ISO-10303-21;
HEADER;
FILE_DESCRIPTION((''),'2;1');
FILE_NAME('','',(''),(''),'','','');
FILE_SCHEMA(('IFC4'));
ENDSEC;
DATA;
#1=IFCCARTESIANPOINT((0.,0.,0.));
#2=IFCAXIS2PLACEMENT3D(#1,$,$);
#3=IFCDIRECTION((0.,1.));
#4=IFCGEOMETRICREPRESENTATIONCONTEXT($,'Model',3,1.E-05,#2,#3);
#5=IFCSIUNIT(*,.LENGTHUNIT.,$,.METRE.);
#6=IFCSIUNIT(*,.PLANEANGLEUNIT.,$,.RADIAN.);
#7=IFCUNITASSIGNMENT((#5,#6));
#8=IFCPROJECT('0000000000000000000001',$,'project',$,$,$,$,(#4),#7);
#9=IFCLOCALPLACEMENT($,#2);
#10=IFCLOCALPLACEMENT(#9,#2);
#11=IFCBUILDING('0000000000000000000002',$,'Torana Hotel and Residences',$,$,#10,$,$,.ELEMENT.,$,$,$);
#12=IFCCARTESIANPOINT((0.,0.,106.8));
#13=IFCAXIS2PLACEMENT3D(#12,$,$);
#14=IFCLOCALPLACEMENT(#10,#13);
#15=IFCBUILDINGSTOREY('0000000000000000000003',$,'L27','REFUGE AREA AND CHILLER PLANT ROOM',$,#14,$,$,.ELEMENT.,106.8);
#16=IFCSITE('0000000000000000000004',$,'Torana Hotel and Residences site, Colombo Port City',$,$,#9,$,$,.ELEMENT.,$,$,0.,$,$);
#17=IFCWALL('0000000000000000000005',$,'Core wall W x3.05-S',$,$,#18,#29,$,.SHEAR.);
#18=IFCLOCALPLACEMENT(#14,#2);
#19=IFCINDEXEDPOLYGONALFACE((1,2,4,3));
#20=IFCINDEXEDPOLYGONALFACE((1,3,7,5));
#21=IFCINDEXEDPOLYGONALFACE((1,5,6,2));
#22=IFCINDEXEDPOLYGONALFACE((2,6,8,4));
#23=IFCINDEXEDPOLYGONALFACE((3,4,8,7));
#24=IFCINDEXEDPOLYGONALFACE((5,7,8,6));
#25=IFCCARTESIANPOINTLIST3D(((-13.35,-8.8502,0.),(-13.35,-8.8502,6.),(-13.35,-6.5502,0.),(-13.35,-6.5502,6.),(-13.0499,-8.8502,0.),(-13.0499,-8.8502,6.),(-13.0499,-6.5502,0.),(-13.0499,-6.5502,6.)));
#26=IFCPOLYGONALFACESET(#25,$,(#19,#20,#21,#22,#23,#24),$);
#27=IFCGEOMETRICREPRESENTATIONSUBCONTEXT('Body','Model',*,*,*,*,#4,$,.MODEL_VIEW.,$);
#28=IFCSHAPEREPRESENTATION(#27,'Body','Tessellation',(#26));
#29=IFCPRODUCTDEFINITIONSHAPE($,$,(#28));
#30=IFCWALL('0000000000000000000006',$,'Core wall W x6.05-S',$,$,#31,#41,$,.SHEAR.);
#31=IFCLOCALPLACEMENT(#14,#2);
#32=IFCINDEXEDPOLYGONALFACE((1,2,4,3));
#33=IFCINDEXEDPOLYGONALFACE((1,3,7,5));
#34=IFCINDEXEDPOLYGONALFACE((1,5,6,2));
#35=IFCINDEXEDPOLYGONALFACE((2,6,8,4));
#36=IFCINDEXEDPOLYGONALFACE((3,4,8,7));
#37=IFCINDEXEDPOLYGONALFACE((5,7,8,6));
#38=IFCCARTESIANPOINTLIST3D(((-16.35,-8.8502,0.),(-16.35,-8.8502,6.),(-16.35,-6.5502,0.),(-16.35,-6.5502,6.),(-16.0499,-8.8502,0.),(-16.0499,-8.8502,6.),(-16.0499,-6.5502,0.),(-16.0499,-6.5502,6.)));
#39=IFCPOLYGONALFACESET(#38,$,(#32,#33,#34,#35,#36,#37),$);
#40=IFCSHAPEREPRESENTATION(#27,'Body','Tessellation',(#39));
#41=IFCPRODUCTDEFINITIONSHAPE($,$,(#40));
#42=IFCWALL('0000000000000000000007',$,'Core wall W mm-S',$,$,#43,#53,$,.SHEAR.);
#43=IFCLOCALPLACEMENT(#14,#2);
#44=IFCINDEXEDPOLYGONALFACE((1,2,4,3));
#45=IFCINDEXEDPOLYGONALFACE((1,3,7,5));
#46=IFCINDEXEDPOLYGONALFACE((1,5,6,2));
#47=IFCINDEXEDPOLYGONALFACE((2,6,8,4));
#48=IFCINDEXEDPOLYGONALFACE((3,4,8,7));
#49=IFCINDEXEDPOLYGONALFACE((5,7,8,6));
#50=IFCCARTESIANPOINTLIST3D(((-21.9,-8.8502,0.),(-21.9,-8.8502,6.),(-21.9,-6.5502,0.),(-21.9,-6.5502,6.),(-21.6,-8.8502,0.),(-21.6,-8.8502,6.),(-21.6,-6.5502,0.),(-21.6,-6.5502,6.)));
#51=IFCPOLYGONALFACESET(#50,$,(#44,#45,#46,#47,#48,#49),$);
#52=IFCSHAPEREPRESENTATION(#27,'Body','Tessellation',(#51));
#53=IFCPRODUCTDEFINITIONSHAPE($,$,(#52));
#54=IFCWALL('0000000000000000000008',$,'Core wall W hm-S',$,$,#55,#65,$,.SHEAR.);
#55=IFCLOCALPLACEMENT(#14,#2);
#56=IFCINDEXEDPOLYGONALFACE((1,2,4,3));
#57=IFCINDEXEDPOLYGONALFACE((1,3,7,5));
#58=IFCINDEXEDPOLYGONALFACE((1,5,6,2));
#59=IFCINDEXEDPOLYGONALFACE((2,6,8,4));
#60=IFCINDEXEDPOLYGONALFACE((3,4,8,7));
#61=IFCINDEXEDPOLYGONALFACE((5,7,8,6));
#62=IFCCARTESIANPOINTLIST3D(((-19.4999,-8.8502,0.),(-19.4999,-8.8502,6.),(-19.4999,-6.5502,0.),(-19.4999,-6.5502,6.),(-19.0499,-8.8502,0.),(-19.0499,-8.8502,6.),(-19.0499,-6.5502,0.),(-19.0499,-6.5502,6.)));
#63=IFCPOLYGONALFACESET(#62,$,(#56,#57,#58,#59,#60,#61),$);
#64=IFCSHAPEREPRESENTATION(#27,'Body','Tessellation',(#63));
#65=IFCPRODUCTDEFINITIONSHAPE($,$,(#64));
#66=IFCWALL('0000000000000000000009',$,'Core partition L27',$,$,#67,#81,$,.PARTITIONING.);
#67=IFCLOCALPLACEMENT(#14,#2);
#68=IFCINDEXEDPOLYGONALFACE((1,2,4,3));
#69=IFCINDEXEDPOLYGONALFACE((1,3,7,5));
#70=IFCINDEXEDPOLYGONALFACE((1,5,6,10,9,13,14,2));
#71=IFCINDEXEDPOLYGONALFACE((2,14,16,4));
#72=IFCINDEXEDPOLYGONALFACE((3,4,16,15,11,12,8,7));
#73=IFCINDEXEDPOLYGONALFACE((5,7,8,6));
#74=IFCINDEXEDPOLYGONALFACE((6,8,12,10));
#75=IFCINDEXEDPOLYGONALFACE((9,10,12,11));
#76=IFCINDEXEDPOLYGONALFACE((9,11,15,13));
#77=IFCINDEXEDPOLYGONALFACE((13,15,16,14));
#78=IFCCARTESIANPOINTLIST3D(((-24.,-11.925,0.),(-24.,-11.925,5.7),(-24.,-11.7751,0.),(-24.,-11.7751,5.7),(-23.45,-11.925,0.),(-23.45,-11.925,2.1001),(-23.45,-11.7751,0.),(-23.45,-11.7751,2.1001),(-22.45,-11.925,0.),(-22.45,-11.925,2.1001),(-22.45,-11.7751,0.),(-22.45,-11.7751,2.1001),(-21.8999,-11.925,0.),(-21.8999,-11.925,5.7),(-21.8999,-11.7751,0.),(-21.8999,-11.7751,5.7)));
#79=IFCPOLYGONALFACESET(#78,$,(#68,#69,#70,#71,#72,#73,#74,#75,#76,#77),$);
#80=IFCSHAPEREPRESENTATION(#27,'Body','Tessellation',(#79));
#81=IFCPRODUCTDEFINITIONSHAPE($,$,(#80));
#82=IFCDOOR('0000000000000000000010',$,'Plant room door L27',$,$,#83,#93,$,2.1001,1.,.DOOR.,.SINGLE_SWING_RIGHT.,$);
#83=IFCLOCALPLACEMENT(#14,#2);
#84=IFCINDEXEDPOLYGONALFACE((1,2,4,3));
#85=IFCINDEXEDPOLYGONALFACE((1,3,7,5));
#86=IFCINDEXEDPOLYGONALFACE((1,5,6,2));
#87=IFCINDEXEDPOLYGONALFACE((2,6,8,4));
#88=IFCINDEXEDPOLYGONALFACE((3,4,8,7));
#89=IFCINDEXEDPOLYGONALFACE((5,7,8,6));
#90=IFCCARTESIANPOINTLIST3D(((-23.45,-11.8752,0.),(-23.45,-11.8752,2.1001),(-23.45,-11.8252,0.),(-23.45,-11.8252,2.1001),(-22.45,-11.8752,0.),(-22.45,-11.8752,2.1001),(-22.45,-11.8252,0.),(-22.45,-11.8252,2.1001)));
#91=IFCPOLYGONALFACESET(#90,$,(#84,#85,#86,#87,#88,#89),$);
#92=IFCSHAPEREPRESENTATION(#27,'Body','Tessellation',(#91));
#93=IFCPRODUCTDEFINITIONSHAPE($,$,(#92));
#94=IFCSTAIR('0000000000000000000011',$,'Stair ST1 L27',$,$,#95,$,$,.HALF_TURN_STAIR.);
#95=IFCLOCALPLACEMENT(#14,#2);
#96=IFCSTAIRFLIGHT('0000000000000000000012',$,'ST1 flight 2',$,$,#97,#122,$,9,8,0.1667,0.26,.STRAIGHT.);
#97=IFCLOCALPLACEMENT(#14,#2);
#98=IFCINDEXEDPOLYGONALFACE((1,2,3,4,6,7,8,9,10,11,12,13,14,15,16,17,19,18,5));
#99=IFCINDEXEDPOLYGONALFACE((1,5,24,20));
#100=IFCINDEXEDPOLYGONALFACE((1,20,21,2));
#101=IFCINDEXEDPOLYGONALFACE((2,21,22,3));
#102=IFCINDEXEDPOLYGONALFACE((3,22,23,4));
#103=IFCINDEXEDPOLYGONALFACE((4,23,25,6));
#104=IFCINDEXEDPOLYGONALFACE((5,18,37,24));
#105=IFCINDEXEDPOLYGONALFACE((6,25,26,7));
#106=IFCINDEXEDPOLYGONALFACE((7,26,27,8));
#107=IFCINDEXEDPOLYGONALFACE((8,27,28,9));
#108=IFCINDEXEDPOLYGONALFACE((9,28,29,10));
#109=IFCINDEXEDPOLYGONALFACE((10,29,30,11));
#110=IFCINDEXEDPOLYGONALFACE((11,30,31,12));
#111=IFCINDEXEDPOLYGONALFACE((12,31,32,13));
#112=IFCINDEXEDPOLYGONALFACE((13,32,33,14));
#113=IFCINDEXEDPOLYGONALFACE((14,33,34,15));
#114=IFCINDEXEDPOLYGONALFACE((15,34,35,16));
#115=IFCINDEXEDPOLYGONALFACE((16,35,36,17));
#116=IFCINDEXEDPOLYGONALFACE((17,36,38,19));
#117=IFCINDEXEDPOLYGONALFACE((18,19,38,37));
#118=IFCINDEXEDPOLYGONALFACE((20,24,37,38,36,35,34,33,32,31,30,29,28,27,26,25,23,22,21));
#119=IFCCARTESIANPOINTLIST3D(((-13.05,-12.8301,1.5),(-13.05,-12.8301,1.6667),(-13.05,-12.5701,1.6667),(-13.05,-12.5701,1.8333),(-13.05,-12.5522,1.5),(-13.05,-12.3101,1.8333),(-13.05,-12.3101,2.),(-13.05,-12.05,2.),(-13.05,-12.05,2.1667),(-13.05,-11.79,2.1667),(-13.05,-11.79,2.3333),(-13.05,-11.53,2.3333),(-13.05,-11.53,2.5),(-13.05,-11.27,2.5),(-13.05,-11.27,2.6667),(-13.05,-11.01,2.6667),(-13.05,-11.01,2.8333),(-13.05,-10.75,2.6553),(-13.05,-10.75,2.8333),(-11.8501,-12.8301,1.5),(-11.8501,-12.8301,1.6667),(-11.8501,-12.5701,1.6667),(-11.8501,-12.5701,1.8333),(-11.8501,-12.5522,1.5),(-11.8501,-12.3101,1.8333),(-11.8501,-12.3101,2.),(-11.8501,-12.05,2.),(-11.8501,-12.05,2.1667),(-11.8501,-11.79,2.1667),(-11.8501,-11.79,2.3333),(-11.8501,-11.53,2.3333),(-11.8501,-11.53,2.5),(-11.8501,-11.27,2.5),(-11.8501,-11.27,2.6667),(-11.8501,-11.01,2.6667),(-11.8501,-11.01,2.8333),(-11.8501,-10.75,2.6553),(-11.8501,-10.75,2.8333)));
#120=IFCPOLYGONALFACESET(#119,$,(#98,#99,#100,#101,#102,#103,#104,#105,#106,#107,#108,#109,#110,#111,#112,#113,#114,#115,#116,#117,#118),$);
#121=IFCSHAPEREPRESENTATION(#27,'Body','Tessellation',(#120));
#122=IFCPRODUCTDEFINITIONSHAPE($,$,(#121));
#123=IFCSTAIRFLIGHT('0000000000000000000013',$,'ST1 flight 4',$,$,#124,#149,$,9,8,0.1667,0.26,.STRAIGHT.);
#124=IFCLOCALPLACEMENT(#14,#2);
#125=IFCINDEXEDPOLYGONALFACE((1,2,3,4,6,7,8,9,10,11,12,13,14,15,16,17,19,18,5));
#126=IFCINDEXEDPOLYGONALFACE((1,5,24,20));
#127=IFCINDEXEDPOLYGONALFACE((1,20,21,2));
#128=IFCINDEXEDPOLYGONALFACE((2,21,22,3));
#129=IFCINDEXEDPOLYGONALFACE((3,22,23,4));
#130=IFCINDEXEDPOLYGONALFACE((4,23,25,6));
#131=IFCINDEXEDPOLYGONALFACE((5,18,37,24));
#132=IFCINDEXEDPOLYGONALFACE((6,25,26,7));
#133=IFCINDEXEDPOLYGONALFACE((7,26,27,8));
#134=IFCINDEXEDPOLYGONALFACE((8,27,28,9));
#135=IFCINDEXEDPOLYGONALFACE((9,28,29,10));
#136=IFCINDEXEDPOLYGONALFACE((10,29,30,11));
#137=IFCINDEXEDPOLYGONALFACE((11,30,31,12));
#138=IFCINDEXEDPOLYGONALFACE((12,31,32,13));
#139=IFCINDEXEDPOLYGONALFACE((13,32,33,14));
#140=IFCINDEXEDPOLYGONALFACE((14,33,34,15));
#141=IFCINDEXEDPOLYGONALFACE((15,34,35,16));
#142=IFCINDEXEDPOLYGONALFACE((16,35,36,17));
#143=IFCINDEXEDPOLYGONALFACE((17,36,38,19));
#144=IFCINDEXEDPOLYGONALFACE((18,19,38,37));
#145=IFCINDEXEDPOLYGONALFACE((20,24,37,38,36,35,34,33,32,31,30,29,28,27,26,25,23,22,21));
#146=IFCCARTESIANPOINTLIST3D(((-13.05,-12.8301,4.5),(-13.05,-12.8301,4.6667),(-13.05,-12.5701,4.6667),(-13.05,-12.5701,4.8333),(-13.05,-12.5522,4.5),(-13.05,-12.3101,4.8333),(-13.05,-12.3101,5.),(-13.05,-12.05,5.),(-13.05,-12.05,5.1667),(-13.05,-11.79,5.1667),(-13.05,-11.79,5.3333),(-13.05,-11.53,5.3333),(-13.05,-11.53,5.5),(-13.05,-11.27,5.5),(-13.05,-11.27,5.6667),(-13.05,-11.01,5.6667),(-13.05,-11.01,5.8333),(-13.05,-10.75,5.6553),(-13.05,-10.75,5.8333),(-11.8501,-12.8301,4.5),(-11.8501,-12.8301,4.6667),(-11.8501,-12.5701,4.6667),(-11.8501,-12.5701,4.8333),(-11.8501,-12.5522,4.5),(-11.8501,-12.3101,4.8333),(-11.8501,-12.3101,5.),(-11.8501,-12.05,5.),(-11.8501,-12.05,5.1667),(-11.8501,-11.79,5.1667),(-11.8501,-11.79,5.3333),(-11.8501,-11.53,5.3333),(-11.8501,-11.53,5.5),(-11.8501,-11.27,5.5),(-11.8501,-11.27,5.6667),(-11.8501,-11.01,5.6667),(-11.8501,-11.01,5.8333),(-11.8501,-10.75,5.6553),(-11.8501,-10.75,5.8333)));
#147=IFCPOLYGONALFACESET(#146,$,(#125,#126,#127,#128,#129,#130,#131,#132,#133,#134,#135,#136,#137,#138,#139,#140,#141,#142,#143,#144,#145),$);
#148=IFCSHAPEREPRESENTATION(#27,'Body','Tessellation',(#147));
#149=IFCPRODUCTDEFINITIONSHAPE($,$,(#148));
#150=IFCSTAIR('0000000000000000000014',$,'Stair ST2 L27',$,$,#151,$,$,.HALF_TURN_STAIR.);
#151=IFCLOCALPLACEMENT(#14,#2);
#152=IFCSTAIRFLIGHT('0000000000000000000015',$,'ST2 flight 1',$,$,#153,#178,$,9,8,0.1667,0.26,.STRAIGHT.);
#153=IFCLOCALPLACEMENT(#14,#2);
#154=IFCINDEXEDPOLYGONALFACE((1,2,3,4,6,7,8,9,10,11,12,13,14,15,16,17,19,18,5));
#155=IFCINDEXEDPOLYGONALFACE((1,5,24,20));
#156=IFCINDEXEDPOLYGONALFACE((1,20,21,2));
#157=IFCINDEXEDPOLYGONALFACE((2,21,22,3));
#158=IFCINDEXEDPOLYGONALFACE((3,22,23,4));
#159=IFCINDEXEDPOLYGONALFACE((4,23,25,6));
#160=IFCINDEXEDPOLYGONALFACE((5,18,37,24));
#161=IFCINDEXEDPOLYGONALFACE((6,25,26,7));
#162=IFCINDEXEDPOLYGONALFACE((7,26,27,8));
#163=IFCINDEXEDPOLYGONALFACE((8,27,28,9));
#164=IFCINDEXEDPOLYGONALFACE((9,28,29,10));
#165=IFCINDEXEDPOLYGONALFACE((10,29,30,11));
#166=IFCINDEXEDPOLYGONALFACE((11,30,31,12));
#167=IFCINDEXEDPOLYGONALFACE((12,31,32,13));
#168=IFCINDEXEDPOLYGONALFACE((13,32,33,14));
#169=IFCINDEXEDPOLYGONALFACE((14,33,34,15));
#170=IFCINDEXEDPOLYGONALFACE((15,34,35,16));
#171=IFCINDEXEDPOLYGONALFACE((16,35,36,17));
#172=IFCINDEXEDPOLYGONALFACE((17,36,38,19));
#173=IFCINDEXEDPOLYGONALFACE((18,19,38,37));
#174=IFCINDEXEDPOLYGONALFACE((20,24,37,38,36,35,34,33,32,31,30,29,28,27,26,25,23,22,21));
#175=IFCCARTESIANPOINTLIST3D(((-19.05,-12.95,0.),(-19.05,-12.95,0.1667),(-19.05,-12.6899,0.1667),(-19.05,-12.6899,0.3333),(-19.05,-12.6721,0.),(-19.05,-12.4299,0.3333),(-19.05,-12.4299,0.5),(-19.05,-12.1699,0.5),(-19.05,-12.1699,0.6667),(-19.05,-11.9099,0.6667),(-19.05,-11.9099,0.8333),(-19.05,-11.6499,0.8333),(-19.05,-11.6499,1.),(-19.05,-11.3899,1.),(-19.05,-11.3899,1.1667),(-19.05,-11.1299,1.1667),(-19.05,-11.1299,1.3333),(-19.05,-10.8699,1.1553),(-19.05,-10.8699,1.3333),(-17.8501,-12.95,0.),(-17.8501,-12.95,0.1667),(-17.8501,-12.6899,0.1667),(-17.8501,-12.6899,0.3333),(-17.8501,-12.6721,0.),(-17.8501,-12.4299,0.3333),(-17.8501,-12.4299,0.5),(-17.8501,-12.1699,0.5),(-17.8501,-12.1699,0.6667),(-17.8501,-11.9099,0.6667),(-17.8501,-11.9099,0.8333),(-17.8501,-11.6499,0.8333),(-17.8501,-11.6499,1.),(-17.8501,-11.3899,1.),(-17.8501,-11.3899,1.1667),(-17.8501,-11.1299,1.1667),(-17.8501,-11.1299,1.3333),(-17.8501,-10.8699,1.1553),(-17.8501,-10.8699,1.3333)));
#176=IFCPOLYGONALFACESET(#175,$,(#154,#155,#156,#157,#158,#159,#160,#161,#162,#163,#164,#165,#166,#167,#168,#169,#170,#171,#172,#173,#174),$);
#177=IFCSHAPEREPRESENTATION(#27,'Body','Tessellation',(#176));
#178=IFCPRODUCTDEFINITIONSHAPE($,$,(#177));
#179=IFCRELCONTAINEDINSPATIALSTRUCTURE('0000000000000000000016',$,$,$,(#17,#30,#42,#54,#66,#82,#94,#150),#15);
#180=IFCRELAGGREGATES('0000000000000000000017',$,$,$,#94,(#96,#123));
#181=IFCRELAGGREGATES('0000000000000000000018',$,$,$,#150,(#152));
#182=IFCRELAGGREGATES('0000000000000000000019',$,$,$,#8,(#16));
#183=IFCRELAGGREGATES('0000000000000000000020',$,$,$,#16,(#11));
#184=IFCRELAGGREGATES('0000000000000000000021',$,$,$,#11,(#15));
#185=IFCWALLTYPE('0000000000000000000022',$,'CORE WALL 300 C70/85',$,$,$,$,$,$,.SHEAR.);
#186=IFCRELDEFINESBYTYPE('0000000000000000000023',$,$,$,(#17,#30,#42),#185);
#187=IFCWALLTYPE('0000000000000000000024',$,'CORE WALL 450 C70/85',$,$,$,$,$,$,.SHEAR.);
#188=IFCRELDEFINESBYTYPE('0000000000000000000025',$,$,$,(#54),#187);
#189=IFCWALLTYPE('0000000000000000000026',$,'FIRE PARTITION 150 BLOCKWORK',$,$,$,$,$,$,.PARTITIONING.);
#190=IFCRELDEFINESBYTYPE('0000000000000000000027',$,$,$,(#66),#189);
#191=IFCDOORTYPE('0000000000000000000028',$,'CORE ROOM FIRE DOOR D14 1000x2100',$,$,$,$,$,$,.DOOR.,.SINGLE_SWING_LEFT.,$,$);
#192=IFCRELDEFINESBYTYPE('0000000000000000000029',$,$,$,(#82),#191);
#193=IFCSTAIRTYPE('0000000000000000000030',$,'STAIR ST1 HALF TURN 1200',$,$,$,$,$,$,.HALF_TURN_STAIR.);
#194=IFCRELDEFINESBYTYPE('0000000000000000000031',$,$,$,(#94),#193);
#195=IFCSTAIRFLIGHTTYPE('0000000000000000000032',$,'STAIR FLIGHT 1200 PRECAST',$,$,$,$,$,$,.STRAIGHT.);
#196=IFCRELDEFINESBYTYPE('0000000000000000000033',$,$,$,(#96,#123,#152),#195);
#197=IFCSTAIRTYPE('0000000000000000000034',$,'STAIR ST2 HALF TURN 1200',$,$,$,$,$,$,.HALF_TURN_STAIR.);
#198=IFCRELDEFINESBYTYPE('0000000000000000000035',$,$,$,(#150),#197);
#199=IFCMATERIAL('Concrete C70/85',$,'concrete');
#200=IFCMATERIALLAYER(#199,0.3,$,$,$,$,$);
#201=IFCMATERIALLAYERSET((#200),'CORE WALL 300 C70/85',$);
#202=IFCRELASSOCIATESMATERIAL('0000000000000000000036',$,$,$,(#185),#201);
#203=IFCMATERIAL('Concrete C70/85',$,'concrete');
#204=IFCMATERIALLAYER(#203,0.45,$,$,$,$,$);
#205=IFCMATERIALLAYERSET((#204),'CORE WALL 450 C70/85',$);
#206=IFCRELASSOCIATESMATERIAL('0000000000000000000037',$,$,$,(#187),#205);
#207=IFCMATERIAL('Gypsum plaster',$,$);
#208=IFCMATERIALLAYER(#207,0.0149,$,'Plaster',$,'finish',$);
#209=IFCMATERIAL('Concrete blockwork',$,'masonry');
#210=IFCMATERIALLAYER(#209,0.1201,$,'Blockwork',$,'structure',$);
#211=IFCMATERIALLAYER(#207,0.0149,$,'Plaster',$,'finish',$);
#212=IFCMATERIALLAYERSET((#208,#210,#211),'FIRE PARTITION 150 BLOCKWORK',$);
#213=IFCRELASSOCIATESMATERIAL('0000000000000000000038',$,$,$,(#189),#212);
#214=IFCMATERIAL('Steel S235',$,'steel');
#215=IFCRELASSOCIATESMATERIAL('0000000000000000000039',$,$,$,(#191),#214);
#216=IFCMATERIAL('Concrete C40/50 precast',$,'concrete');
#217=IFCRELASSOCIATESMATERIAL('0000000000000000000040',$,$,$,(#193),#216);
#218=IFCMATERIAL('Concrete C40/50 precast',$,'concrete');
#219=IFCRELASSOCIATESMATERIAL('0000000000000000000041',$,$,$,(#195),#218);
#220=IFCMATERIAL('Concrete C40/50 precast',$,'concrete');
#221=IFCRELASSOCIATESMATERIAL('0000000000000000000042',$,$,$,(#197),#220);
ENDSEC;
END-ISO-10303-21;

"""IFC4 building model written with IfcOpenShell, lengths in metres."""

from ifc_helpers import new_model, si_unit, direction, frame, frame_2d, origin, place, context, subcontext, project, spatial, polyline, rectangle, outline, extrude, material, layer, layer_set, type_object, element, fill, aggregate, save


model = new_model("IFC4")

# Units and contexts
model_context = context("Model", 3, precision=1e-05, world=origin(), true_north=direction((0.0, 1.0)))
body_context = subcontext(model_context, "Body", "Model", "MODEL_VIEW")
ifc_project = project(units=[si_unit("LENGTHUNIT", "METRE"), si_unit("PLANEANGLEUNIT", "RADIAN")], contexts=[model_context])

# Site, building, storey
site_placement = place(None, origin())
site = spatial("IfcSite", under=ifc_project, at=site_placement, Name="Torana Hotel and Residences site, Colombo Port City", CompositionType="ELEMENT", RefElevation=0.0)
building_placement = place(site_placement, origin())
building = spatial("IfcBuilding", under=site, at=building_placement, Name="Torana Hotel and Residences", CompositionType="ELEMENT")
storey_placement = place(building_placement, frame((0.0, 0.0, 106.8)))
storey = spatial("IfcBuildingStorey", under=building, at=storey_placement, Name="L27", Description="REFUGE AREA AND CHILLER PLANT ROOM", CompositionType="ELEMENT", Elevation=106.8)

# Walls
ifc_material_1 = material(Name="Concrete C70/85", Category="concrete")
ifc_layer_1 = layer(ifc_material_1, 0.3)
ifc_layer_set_1 = layer_set([ifc_layer_1], Name="CORE WALL 300 C70/85")
wall_type_1 = type_object("IfcWallType", Name="CORE WALL 300 C70/85", PredefinedType="SHEAR", material=ifc_layer_set_1)
for number, where, z_axis, x_axis, name in (
    (1, (-13.2, -8.8501, 0.0), (0.0, 0.0, 1.0), (0.0, 1.0, 0.0), "Core wall W x3.05-S"),
    (2, (-16.2, -8.8501, 0.0), (0.0, 0.0, 1.0), (0.0, 1.0, 0.0), "Core wall W x6.05-S"),
    (3, (-21.75, -8.8501, 0.0), (0.0, 0.0, 1.0), (0.0, 1.0, 0.0), "Core wall W mm-S"),
):
    element("IfcWall", number, at=place(storey_placement, frame(where, z_axis=z_axis, x_axis=x_axis)), inside=storey, type_object=wall_type_1, Name=name, PredefinedType="SHEAR", context=body_context, shape_type="SweptSolid", body=[
        extrude(rectangle(XDim=2.3, YDim=0.3, at=frame_2d((1.1499, 0.0))), origin(), (0.0, 0.0, 1.0), 6.0),
    ])
ifc_material_2 = material(Name="Concrete C70/85", Category="concrete")
ifc_layer_2 = layer(ifc_material_2, 0.45)
ifc_layer_set_2 = layer_set([ifc_layer_2], Name="CORE WALL 450 C70/85")
wall_type_2 = type_object("IfcWallType", Name="CORE WALL 450 C70/85", PredefinedType="SHEAR", material=ifc_layer_set_2)
wall_1_placement = place(storey_placement, frame((-19.2749, -8.8501, 0.0), z_axis=(0.0, 0.0, 1.0), x_axis=(0.0, 1.0, 0.0)))
element("IfcWall", 4, at=wall_1_placement, inside=storey, type_object=wall_type_2, Name="Core wall W hm-S", PredefinedType="SHEAR", context=body_context, shape_type="SweptSolid", body=[
    extrude(rectangle(XDim=2.3, YDim=0.45, at=frame_2d((1.1499, 0.0))), origin(), (0.0, 0.0, 1.0), 6.0),
])

# Wall, opening, door
ifc_material_3 = material(Name="Gypsum plaster")
ifc_layer_3 = layer(ifc_material_3, 0.0149, Name="Plaster", Category="finish")
ifc_material_4 = material(Name="Concrete blockwork", Category="masonry")
ifc_layer_4 = layer(ifc_material_4, 0.1201, Name="Blockwork", Category="structure")
ifc_layer_5 = layer(ifc_material_3, 0.0149, Name="Plaster", Category="finish")
ifc_layer_set_3 = layer_set([ifc_layer_3, ifc_layer_4, ifc_layer_5], Name="FIRE PARTITION 150 BLOCKWORK")
wall_type_3 = type_object("IfcWallType", Name="FIRE PARTITION 150 BLOCKWORK", PredefinedType="PARTITIONING", material=ifc_layer_set_3)
wall_2_placement = place(storey_placement, frame((-24.0, -11.8501, 0.0), z_axis=(0.0, 0.0, 1.0), x_axis=(1.0, 0.0, 0.0)))
wall_2 = element("IfcWall", 5, at=wall_2_placement, inside=storey, type_object=wall_type_3, Name="Core partition L27", PredefinedType="PARTITIONING", context=body_context, shape_type="SweptSolid", body=[
    extrude(rectangle(XDim=2.1001, YDim=0.1499, at=frame_2d((1.05, 0.0))), origin(), (0.0, 0.0, 1.0), 5.7),
])
opening_placement = place(wall_2_placement, frame((0.55, 0.0, 0.0)))
opening = element("IfcOpeningElement", 6, at=opening_placement, cuts=wall_2, PredefinedType="OPENING", context=body_context, shape_type="SweptSolid", body=[
    extrude(rectangle(XDim=1.0, YDim=2.1001, at=frame_2d((0.5, 1.05))), frame((0.0, 0.085, 0.0), z_axis=(0.0, -1.0, 0.0), x_axis=(1.0, 0.0, 0.0)), (0.0, 0.0, 1.0), 0.1699),
])
ifc_material_5 = material(Name="Steel S235", Category="steel")
door_type = type_object("IfcDoorType", Name="CORE ROOM FIRE DOOR D14 1000x2100", OperationType="SINGLE_SWING_LEFT", PredefinedType="DOOR", material=ifc_material_5)
door_placement = place(opening_placement, origin())
door = element("IfcDoor", 7, at=door_placement, inside=storey, type_object=door_type, Name="Plant room door L27", OperationType="SINGLE_SWING_RIGHT", OverallHeight=2.1001, OverallWidth=1.0, PredefinedType="DOOR", context=body_context, shape_type="SweptSolid", body=[
    extrude(rectangle(XDim=1.0, YDim=2.1001, at=frame_2d((0.5, 1.05))), frame((0.0, 0.0249, 0.0), z_axis=(0.0, -1.0, 0.0), x_axis=(1.0, 0.0, 0.0)), (0.0, 0.0, 1.0), 0.05),
])
fill(opening, door)

# Stairs, stair flights
ifc_material_6 = material(Name="Concrete C40/50 precast", Category="concrete")
stair_type_1 = type_object("IfcStairType", Name="STAIR ST1 HALF TURN 1200", PredefinedType="HALF_TURN_STAIR", material=ifc_material_6)
stair_1_placement = place(storey_placement, origin())
stair_1 = element("IfcStair", 8, at=stair_1_placement, inside=storey, type_object=stair_type_1, Name="Stair ST1 L27", PredefinedType="HALF_TURN_STAIR")
ifc_material_7 = material(Name="Concrete C40/50 precast", Category="concrete")
stair_flight_type = type_object("IfcStairFlightType", Name="STAIR FLIGHT 1200 PRECAST", PredefinedType="STRAIGHT", material=ifc_material_7)
stair_flight_1_placement = place(storey_placement, frame((-12.45, -12.8301, 1.5), z_axis=(0.0, 0.0, 1.0), x_axis=(0.0, 1.0, 0.0)))
stair_flight_1 = element("IfcStairFlight", 9, at=stair_flight_1_placement, type_object=stair_flight_type, Name="ST1 flight 2", NumberOfRisers=9, NumberOfTreads=8, PredefinedType="STRAIGHT", RiserHeight=0.1667, TreadLength=0.26, context=body_context, shape_type="SweptSolid", body=[
    extrude(outline(polyline([(0.0, 0.0), (0.0, 0.1667), (0.26, 0.1667), (0.26, 0.3333), (0.52, 0.3333), (0.52, 0.5), (0.78, 0.5), (0.78, 0.6667), (1.04, 0.6667), (1.04, 0.8333), (1.3, 0.8333), (1.3, 1.0), (1.5601, 1.0), (1.5601, 1.1667), (1.8201, 1.1667), (1.8201, 1.3333), (2.0801, 1.3333), (2.0801, 1.5), (2.0801, 1.1553), (0.2778, 0.0), (0.0, 0.0)])), frame((0.0, 0.6001, 0.0), z_axis=(0.0, -1.0, 0.0), x_axis=(1.0, 0.0, 0.0)), (0.0, 0.0, 1.0), 1.2),
])
stair_flight_2_placement = place(storey_placement, frame((-12.45, -12.8301, 4.5), z_axis=(0.0, 0.0, 1.0), x_axis=(0.0, 1.0, 0.0)))
stair_flight_2 = element("IfcStairFlight", 10, at=stair_flight_2_placement, type_object=stair_flight_type, Name="ST1 flight 4", NumberOfRisers=9, NumberOfTreads=8, PredefinedType="STRAIGHT", RiserHeight=0.1667, TreadLength=0.26, context=body_context, shape_type="SweptSolid", body=[
    extrude(outline(polyline([(0.0, 0.0), (0.0, 0.1667), (0.26, 0.1667), (0.26, 0.3333), (0.52, 0.3333), (0.52, 0.5), (0.78, 0.5), (0.78, 0.6667), (1.04, 0.6667), (1.04, 0.8333), (1.3, 0.8333), (1.3, 1.0), (1.5601, 1.0), (1.5601, 1.1667), (1.8201, 1.1667), (1.8201, 1.3333), (2.0801, 1.3333), (2.0801, 1.5), (2.0801, 1.1553), (0.2778, 0.0), (0.0, 0.0)])), frame((0.0, 0.6001, 0.0), z_axis=(0.0, -1.0, 0.0), x_axis=(1.0, 0.0, 0.0)), (0.0, 0.0, 1.0), 1.2),
])
aggregate(stair_1, [stair_flight_1, stair_flight_2])
ifc_material_8 = material(Name="Concrete C40/50 precast", Category="concrete")
stair_type_2 = type_object("IfcStairType", Name="STAIR ST2 HALF TURN 1200", PredefinedType="HALF_TURN_STAIR", material=ifc_material_8)
stair_2_placement = place(storey_placement, origin())
stair_2 = element("IfcStair", 11, at=stair_2_placement, inside=storey, type_object=stair_type_2, Name="Stair ST2 L27", PredefinedType="HALF_TURN_STAIR")
stair_flight_3_placement = place(storey_placement, frame((-18.45, -12.95, 0.0), z_axis=(0.0, 0.0, 1.0), x_axis=(0.0, 1.0, 0.0)))
stair_flight_3 = element("IfcStairFlight", 12, at=stair_flight_3_placement, type_object=stair_flight_type, Name="ST2 flight 1", NumberOfRisers=9, NumberOfTreads=8, PredefinedType="STRAIGHT", RiserHeight=0.1667, TreadLength=0.26, context=body_context, shape_type="SweptSolid", body=[
    extrude(outline(polyline([(0.0, 0.0), (0.0, 0.1667), (0.26, 0.1667), (0.26, 0.3333), (0.52, 0.3333), (0.52, 0.5), (0.78, 0.5), (0.78, 0.6667), (1.04, 0.6667), (1.04, 0.8333), (1.3, 0.8333), (1.3, 1.0), (1.5601, 1.0), (1.5601, 1.1667), (1.8201, 1.1667), (1.8201, 1.3333), (2.0801, 1.3333), (2.0801, 1.5), (2.0801, 1.1553), (0.2778, 0.0), (0.0, 0.0)])), frame((0.0, 0.6001, 0.0), z_axis=(0.0, -1.0, 0.0), x_axis=(1.0, 0.0, 0.0)), (0.0, 0.0, 1.0), 1.2),
])
aggregate(stair_2, [stair_flight_3])

save(model, "model.ifc")
